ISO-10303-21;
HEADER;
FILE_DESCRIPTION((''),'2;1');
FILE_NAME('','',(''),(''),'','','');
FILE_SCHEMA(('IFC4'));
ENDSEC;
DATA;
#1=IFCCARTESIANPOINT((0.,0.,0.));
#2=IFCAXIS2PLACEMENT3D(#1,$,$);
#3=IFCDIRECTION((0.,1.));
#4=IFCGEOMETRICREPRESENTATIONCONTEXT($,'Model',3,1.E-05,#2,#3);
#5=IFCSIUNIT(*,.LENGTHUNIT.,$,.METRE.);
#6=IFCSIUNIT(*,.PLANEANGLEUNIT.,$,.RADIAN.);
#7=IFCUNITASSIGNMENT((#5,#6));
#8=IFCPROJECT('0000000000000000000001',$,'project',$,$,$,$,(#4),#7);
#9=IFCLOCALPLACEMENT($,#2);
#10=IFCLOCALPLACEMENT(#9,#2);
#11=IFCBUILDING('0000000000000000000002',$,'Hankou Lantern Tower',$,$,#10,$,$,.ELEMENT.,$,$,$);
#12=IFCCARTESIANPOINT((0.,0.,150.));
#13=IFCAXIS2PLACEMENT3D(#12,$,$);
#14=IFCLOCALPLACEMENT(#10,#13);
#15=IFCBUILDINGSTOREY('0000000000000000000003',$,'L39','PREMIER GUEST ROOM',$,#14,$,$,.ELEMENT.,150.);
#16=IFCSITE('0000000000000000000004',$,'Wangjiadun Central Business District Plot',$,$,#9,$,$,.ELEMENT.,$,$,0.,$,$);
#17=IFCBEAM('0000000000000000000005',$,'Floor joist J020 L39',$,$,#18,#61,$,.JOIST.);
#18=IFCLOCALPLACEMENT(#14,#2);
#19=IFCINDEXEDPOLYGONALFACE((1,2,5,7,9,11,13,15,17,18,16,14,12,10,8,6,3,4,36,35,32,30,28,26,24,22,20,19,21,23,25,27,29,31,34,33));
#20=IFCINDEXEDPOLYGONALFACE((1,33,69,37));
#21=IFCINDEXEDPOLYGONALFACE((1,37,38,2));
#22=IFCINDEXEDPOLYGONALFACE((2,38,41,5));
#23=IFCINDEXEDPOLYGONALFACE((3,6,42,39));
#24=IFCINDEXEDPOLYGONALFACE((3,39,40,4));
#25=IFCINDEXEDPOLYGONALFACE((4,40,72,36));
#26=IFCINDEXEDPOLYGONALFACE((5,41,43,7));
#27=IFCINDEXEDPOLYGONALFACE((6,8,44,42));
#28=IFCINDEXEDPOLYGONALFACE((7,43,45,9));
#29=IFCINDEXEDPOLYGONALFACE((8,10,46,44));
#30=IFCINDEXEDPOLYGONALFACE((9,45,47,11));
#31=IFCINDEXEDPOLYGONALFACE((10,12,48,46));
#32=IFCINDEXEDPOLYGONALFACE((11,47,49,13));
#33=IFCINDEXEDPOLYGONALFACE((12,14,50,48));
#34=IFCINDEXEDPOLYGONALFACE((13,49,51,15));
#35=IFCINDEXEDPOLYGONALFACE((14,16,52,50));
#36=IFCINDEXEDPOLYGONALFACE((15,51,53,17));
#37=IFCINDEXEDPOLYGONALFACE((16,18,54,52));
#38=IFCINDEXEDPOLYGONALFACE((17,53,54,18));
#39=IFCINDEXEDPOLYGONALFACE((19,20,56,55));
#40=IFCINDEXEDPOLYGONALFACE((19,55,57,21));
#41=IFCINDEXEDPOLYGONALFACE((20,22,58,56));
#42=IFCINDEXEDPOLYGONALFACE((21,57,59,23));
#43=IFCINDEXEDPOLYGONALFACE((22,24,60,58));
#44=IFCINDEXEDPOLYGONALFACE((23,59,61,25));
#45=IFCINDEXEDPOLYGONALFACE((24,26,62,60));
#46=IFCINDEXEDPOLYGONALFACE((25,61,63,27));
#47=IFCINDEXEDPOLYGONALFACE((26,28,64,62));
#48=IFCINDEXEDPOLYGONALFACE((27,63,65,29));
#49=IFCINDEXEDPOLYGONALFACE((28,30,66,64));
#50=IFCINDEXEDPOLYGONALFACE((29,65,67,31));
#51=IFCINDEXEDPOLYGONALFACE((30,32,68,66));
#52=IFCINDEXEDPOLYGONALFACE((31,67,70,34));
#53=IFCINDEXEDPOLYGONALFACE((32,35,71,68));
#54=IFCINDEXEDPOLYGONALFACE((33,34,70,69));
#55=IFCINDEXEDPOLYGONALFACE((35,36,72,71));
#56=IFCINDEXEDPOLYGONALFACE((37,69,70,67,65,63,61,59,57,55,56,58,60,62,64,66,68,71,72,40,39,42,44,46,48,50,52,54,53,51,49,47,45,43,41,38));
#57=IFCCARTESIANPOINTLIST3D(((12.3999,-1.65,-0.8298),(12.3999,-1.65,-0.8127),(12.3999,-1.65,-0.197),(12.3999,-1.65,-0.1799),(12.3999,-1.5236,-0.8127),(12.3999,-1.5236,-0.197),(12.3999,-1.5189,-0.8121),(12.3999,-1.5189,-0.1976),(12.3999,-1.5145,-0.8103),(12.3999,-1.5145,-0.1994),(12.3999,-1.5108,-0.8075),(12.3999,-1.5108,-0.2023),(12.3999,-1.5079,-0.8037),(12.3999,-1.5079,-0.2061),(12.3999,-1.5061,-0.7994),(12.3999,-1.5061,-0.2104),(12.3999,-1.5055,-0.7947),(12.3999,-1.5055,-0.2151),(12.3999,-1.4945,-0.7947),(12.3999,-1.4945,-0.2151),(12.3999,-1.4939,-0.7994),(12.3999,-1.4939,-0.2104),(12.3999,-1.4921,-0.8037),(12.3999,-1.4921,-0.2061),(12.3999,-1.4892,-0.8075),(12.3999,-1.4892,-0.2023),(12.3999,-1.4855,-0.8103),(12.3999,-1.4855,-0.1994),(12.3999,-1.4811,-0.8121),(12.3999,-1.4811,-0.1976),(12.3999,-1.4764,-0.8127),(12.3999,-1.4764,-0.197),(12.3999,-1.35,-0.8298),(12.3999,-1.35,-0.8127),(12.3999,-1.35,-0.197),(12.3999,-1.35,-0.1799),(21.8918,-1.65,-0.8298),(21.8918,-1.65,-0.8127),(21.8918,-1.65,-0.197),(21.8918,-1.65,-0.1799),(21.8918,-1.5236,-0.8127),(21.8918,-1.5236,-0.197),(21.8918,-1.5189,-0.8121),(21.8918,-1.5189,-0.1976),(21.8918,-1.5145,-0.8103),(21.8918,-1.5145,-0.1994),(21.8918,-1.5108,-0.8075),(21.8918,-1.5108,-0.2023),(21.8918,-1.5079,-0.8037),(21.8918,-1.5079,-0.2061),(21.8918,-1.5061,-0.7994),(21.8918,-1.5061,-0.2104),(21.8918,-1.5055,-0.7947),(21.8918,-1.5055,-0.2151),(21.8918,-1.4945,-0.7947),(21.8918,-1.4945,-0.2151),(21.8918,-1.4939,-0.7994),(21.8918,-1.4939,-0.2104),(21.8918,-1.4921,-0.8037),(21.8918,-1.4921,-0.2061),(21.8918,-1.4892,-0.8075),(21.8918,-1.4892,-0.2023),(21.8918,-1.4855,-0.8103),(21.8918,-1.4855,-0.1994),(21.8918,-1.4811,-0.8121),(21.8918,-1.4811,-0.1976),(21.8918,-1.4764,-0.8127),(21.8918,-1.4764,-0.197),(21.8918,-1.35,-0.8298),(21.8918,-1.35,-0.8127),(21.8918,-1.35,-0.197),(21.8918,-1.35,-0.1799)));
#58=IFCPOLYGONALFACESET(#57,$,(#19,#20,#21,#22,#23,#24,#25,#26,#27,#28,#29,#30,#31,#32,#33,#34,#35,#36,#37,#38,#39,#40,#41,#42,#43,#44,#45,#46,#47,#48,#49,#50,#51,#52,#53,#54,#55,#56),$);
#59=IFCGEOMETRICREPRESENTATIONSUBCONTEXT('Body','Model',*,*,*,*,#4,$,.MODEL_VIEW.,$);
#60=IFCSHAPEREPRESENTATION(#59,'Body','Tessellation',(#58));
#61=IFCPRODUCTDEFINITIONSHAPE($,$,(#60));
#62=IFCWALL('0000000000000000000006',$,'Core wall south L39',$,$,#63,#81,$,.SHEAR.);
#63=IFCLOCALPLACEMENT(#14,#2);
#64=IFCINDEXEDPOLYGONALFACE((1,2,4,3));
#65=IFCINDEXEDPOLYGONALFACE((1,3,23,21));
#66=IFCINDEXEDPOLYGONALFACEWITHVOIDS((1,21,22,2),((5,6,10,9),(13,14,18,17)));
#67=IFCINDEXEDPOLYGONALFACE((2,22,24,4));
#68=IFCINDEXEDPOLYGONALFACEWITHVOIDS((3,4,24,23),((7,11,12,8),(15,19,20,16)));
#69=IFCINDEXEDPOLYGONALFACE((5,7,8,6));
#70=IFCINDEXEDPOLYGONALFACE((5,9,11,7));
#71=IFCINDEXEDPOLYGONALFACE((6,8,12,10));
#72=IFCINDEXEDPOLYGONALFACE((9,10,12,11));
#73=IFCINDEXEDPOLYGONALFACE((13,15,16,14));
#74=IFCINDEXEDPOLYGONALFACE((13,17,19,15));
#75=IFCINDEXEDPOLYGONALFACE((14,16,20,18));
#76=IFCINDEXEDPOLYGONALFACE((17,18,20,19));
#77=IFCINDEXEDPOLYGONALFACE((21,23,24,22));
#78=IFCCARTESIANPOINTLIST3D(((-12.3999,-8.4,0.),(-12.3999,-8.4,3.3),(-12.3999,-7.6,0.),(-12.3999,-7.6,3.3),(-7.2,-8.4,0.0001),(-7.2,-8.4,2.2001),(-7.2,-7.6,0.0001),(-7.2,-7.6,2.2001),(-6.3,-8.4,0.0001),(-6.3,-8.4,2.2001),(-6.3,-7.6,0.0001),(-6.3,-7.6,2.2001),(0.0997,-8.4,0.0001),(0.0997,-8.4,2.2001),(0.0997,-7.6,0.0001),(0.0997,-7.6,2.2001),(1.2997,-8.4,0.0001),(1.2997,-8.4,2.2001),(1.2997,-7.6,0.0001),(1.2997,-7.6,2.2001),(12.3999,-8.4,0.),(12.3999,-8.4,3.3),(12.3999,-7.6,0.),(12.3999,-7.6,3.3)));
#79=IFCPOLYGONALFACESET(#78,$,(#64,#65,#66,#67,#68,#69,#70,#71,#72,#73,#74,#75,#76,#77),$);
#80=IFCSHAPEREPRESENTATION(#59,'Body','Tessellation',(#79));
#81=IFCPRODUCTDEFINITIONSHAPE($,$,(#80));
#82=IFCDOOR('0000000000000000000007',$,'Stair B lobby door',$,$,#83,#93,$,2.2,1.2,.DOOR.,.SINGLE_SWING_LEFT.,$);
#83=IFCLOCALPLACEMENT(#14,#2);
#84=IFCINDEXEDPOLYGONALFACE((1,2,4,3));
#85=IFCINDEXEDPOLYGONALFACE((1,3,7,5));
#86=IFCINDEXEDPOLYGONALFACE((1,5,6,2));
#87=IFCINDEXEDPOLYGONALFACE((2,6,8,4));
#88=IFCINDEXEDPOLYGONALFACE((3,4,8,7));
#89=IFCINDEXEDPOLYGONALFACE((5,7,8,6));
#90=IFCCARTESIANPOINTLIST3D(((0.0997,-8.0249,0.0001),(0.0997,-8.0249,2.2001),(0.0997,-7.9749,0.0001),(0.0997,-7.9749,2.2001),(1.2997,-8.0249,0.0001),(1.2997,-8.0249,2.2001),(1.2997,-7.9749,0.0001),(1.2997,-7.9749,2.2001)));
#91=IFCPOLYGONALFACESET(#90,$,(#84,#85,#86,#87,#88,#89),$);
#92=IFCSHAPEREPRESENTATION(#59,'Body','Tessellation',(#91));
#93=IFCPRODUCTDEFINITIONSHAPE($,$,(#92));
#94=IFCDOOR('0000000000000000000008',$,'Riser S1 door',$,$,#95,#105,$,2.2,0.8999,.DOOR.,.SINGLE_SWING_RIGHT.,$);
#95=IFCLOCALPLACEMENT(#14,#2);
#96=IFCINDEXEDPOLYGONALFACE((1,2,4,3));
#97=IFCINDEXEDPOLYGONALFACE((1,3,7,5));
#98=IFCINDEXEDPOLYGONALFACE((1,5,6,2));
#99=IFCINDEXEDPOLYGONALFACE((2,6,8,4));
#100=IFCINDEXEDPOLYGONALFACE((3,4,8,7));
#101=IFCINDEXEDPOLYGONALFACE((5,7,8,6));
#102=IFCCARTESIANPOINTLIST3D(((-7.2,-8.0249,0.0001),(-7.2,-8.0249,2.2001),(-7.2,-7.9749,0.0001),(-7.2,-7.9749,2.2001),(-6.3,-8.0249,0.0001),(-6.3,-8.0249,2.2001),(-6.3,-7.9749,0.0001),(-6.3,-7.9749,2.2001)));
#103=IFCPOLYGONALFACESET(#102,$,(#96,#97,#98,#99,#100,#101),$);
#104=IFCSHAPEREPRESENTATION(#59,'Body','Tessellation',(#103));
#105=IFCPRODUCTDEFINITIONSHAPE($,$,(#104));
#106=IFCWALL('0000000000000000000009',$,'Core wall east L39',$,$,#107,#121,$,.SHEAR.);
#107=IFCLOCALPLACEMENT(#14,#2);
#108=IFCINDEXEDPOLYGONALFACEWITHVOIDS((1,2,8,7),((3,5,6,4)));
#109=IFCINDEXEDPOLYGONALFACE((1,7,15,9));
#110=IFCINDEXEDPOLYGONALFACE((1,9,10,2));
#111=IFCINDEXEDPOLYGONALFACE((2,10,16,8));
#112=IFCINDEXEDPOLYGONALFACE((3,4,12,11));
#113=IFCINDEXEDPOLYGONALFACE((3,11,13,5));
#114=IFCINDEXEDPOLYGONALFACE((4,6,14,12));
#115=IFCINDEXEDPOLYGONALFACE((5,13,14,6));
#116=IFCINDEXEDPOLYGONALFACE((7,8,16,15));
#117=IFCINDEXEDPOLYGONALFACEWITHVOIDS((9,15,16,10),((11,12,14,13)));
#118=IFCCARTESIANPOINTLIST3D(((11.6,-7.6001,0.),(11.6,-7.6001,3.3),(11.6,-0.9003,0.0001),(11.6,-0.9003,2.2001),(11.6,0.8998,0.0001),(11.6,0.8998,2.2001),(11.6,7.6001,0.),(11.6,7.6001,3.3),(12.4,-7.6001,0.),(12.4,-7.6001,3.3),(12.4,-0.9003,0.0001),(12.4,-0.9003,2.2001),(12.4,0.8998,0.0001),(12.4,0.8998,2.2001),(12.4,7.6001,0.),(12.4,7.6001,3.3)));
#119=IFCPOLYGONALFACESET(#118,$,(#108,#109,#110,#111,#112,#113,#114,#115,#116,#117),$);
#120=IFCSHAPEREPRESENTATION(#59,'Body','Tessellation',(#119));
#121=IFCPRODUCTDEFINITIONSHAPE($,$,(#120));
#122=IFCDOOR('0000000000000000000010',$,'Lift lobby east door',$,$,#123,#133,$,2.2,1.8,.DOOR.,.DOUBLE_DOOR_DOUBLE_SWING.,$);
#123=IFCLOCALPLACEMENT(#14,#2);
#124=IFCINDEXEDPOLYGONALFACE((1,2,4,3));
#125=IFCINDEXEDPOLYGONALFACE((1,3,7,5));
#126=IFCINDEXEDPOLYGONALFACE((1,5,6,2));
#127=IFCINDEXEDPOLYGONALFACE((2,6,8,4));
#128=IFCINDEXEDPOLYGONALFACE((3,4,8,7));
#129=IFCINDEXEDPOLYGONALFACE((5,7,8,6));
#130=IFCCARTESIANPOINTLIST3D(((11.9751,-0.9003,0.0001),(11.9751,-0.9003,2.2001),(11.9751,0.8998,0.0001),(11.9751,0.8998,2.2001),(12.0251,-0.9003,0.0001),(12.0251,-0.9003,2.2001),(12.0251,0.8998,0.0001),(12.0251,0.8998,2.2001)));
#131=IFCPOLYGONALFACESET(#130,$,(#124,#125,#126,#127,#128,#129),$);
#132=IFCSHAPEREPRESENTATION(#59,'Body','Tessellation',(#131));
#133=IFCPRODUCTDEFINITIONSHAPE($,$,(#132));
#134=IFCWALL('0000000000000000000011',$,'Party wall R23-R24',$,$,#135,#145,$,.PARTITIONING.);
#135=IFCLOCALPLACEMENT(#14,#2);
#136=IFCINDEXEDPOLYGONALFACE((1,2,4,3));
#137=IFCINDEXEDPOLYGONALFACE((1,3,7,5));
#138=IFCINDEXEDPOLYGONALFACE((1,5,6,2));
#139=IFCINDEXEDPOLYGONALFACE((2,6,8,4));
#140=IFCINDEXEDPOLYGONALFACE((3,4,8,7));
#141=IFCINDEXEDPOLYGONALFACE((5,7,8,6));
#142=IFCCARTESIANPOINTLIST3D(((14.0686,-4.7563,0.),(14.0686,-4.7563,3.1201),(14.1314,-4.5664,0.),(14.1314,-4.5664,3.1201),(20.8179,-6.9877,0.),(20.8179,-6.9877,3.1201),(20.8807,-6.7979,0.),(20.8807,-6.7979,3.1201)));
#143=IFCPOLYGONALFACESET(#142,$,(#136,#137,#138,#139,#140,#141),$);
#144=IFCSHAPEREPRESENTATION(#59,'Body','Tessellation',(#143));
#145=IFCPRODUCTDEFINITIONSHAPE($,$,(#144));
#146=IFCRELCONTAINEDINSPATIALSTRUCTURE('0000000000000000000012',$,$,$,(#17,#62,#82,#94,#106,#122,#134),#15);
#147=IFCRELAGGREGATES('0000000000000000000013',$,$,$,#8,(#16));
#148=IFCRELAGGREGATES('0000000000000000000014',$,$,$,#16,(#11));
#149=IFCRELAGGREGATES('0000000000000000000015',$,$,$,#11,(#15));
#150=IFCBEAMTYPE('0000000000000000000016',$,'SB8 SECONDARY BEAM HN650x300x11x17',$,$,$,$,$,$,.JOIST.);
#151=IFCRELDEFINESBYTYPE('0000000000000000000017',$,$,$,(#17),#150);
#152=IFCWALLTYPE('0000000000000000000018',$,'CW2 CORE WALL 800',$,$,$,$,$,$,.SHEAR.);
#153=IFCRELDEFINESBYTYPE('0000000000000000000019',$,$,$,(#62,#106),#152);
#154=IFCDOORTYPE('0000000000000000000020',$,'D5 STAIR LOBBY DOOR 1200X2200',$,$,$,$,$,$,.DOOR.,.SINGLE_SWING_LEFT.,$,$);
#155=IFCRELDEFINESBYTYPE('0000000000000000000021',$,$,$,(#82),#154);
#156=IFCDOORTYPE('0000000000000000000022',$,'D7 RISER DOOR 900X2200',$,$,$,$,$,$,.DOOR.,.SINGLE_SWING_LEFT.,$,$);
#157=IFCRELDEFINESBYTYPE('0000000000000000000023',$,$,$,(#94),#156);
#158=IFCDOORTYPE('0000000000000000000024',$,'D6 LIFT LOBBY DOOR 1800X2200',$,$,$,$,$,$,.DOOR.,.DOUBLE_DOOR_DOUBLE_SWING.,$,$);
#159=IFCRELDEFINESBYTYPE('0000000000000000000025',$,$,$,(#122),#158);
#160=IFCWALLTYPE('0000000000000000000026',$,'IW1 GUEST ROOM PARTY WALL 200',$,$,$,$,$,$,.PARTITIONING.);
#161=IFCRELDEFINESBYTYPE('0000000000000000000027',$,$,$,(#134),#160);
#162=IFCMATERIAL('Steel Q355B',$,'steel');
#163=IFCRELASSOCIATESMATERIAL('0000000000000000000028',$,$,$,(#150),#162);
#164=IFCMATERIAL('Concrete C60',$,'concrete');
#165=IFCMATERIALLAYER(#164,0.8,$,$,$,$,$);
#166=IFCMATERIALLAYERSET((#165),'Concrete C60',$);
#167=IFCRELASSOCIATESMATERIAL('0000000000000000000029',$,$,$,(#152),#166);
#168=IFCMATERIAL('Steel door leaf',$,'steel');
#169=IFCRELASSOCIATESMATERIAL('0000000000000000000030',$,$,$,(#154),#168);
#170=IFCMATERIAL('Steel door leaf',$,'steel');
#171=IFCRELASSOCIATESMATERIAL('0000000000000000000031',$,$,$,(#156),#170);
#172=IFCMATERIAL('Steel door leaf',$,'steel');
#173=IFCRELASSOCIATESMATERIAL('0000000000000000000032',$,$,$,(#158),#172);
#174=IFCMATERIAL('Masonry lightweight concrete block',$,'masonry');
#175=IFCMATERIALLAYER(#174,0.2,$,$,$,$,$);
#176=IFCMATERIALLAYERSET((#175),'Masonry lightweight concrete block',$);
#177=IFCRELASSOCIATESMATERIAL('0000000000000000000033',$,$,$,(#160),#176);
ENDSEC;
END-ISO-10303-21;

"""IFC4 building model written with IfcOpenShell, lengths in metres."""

from ifc_helpers import new_model, si_unit, direction, frame, frame_2d, origin, origin_2d, place, context, subcontext, project, spatial, rectangle, i_section, extrude, material, layer, layer_set, material_profile, profile_set, type_object, element, fill, save


model = new_model("IFC4")

# Units and contexts
model_context = context("Model", 3, precision=1e-05, world=origin(), true_north=direction((0.0, 1.0)))
body_context = subcontext(model_context, "Body", "Model", "MODEL_VIEW")
ifc_project = project(units=[si_unit("LENGTHUNIT", "METRE"), si_unit("PLANEANGLEUNIT", "RADIAN")], contexts=[model_context])

# Site, building, storey
site_placement = place(None, origin())
site = spatial("IfcSite", under=ifc_project, at=site_placement, Name="Wangjiadun Central Business District Plot", CompositionType="ELEMENT", RefElevation=0.0)
building_placement = place(site_placement, origin())
building = spatial("IfcBuilding", under=site, at=building_placement, Name="Hankou Lantern Tower", CompositionType="ELEMENT")
storey_placement = place(building_placement, frame((0.0, 0.0, 150.0)))
storey = spatial("IfcBuildingStorey", under=building, at=storey_placement, Name="L39", Description="PREMIER GUEST ROOM", CompositionType="ELEMENT", Elevation=150.0)

# Beam
ifc_material_1 = material(Name="Steel Q355B", Category="steel")
ifc_material_profile_1 = material_profile(ifc_material_1, i_section(OverallWidth=0.3, OverallDepth=0.6499, WebThickness=0.011, FlangeThickness=0.0171, FilletRadius=0.0181, at=origin_2d()), Name="HN650x300x11x17")
ifc_profile_set_1 = profile_set([ifc_material_profile_1], Name="Steel Q355B")
beam_type_1 = type_object("IfcBeamType", Name="SB8 SECONDARY BEAM HN650x300x11x17", PredefinedType="JOIST", material=ifc_profile_set_1)
beam_1_placement = place(storey_placement, frame((12.3999, -1.5, -0.5049), z_axis=(1.0, 0.0, 0.0), x_axis=(0.0, 1.0, 0.0)))
element("IfcBeam", 1, at=beam_1_placement, inside=storey, type_object=beam_type_1, Name="Floor joist J020 L39", PredefinedType="JOIST", context=body_context, shape_type="SweptSolid", body=[
    extrude(i_section(OverallWidth=0.3, OverallDepth=0.6499, WebThickness=0.011, FlangeThickness=0.0171, FilletRadius=0.0181, at=origin_2d()), origin(), (0.0, 0.0, 1.0), 9.4919),
])

# Wall, openings, doors
ifc_material_2 = material(Name="Concrete C60", Category="concrete")
ifc_layer_1 = layer(ifc_material_2, 0.8)
ifc_layer_set_1 = layer_set([ifc_layer_1], Name="Concrete C60")
wall_type_1 = type_object("IfcWallType", Name="CW2 CORE WALL 800", PredefinedType="SHEAR", material=ifc_layer_set_1)
wall_1_placement = place(storey_placement, frame((12.3999, -8.0, 0.0), z_axis=(0.0, 0.0, 1.0), x_axis=(-1.0, 0.0, 0.0)))
wall_1 = element("IfcWall", 2, at=wall_1_placement, inside=storey, type_object=wall_type_1, Name="Core wall south L39", PredefinedType="SHEAR", context=body_context, shape_type="SweptSolid", body=[
    extrude(rectangle(XDim=24.7998, YDim=0.8, at=frame_2d((12.3999, 0.0))), origin(), (0.0, 0.0, 1.0), 3.3),
])
opening_1_placement = place(wall_1_placement, frame((11.1001, 0.0, 0.0)))
opening_1 = element("IfcOpeningElement", 3, at=opening_1_placement, cuts=wall_1, PredefinedType="OPENING", context=body_context, shape_type="SweptSolid", body=[
    extrude(rectangle(XDim=1.2, YDim=2.2, at=frame_2d((0.6001, 1.1001))), frame((0.0, 0.4099, 0.0), z_axis=(0.0, -1.0, 0.0), x_axis=(1.0, 0.0, 0.0)), (0.0, 0.0, 1.0), 0.8201),
])
opening_2_placement = place(wall_1_placement, frame((18.7, 0.0, 0.0)))
opening_2 = element("IfcOpeningElement", 4, at=opening_2_placement, cuts=wall_1, PredefinedType="OPENING", context=body_context, shape_type="SweptSolid", body=[
    extrude(rectangle(XDim=0.8999, YDim=2.2, at=frame_2d((0.45, 1.1001))), frame((0.0, 0.4099, 0.0), z_axis=(0.0, -1.0, 0.0), x_axis=(1.0, 0.0, 0.0)), (0.0, 0.0, 1.0), 0.8201),
])
ifc_material_3 = material(Name="Steel door leaf", Category="steel")
door_type_1 = type_object("IfcDoorType", Name="D5 STAIR LOBBY DOOR 1200X2200", OperationType="SINGLE_SWING_LEFT", PredefinedType="DOOR", material=ifc_material_3)
door_1_placement = place(opening_1_placement, origin())
door_1 = element("IfcDoor", 5, at=door_1_placement, inside=storey, type_object=door_type_1, Name="Stair B lobby door", OperationType="SINGLE_SWING_LEFT", OverallHeight=2.2, OverallWidth=1.2, PredefinedType="DOOR", context=body_context, shape_type="SweptSolid", body=[
    extrude(rectangle(XDim=1.2, YDim=2.2, at=frame_2d((0.6001, 1.1001))), frame((0.0, 0.0249, 0.0), z_axis=(0.0, -1.0, 0.0), x_axis=(1.0, 0.0, 0.0)), (0.0, 0.0, 1.0), 0.05),
])
fill(opening_1, door_1)
ifc_material_4 = material(Name="Steel door leaf", Category="steel")
door_type_2 = type_object("IfcDoorType", Name="D7 RISER DOOR 900X2200", OperationType="SINGLE_SWING_LEFT", PredefinedType="DOOR", material=ifc_material_4)
door_2_placement = place(opening_2_placement, origin())
door_2 = element("IfcDoor", 6, at=door_2_placement, inside=storey, type_object=door_type_2, Name="Riser S1 door", OperationType="SINGLE_SWING_RIGHT", OverallHeight=2.2, OverallWidth=0.8999, PredefinedType="DOOR", context=body_context, shape_type="SweptSolid", body=[
    extrude(rectangle(XDim=0.8999, YDim=2.2, at=frame_2d((0.45, 1.1001))), frame((0.0, 0.0249, 0.0), z_axis=(0.0, -1.0, 0.0), x_axis=(1.0, 0.0, 0.0)), (0.0, 0.0, 1.0), 0.05),
])
fill(opening_2, door_2)

# Wall, opening, door
wall_2_placement = place(storey_placement, frame((12.0, -7.6001, 0.0), z_axis=(0.0, 0.0, 1.0), x_axis=(0.0, 1.0, 0.0)))
wall_2 = element("IfcWall", 7, at=wall_2_placement, inside=storey, type_object=wall_type_1, Name="Core wall east L39", PredefinedType="SHEAR", context=body_context, shape_type="SweptSolid", body=[
    extrude(rectangle(XDim=15.2002, YDim=0.8, at=frame_2d((7.6001, 0.0))), origin(), (0.0, 0.0, 1.0), 3.3),
])
opening_3_placement = place(wall_2_placement, frame((6.7, 0.0, 0.0)))
opening_3 = element("IfcOpeningElement", 8, at=opening_3_placement, cuts=wall_2, PredefinedType="OPENING", context=body_context, shape_type="SweptSolid", body=[
    extrude(rectangle(XDim=1.8, YDim=2.2, at=frame_2d((0.8999, 1.1001))), frame((0.0, 0.4099, 0.0), z_axis=(0.0, -1.0, 0.0), x_axis=(1.0, 0.0, 0.0)), (0.0, 0.0, 1.0), 0.8201),
])
ifc_material_5 = material(Name="Steel door leaf", Category="steel")
door_type_3 = type_object("IfcDoorType", Name="D6 LIFT LOBBY DOOR 1800X2200", OperationType="DOUBLE_DOOR_DOUBLE_SWING", PredefinedType="DOOR", material=ifc_material_5)
door_3_placement = place(opening_3_placement, origin())
door_3 = element("IfcDoor", 9, at=door_3_placement, inside=storey, type_object=door_type_3, Name="Lift lobby east door", OperationType="DOUBLE_DOOR_DOUBLE_SWING", OverallHeight=2.2, OverallWidth=1.8, PredefinedType="DOOR", context=body_context, shape_type="SweptSolid", body=[
    extrude(rectangle(XDim=1.8, YDim=2.2, at=frame_2d((0.8999, 1.1001))), frame((0.0, 0.0249, 0.0), z_axis=(0.0, -1.0, 0.0), x_axis=(1.0, 0.0, 0.0)), (0.0, 0.0, 1.0), 0.05),
])
fill(opening_3, door_3)

# Wall
ifc_material_6 = material(Name="Masonry lightweight concrete block", Category="masonry")
ifc_layer_2 = layer(ifc_material_6, 0.2)
ifc_layer_set_2 = layer_set([ifc_layer_2], Name="Masonry lightweight concrete block")
wall_type_2 = type_object("IfcWallType", Name="IW1 GUEST ROOM PARTY WALL 200", PredefinedType="PARTITIONING", material=ifc_layer_set_2)
wall_3_placement = place(storey_placement, frame((14.1001, -4.6614, 0.0), z_axis=(0.0, 0.0, 1.0), x_axis=(0.949453, -0.313909, 0.0)))
element("IfcWall", 10, at=wall_3_placement, inside=storey, type_object=wall_type_2, Name="Party wall R23-R24", PredefinedType="PARTITIONING", context=body_context, shape_type="SweptSolid", body=[
    extrude(rectangle(XDim=7.1086, YDim=0.2, at=frame_2d((3.5542, 0.0))), origin(), (0.0, 0.0, 1.0), 3.1201),
])

save(model, "model.ifc")
